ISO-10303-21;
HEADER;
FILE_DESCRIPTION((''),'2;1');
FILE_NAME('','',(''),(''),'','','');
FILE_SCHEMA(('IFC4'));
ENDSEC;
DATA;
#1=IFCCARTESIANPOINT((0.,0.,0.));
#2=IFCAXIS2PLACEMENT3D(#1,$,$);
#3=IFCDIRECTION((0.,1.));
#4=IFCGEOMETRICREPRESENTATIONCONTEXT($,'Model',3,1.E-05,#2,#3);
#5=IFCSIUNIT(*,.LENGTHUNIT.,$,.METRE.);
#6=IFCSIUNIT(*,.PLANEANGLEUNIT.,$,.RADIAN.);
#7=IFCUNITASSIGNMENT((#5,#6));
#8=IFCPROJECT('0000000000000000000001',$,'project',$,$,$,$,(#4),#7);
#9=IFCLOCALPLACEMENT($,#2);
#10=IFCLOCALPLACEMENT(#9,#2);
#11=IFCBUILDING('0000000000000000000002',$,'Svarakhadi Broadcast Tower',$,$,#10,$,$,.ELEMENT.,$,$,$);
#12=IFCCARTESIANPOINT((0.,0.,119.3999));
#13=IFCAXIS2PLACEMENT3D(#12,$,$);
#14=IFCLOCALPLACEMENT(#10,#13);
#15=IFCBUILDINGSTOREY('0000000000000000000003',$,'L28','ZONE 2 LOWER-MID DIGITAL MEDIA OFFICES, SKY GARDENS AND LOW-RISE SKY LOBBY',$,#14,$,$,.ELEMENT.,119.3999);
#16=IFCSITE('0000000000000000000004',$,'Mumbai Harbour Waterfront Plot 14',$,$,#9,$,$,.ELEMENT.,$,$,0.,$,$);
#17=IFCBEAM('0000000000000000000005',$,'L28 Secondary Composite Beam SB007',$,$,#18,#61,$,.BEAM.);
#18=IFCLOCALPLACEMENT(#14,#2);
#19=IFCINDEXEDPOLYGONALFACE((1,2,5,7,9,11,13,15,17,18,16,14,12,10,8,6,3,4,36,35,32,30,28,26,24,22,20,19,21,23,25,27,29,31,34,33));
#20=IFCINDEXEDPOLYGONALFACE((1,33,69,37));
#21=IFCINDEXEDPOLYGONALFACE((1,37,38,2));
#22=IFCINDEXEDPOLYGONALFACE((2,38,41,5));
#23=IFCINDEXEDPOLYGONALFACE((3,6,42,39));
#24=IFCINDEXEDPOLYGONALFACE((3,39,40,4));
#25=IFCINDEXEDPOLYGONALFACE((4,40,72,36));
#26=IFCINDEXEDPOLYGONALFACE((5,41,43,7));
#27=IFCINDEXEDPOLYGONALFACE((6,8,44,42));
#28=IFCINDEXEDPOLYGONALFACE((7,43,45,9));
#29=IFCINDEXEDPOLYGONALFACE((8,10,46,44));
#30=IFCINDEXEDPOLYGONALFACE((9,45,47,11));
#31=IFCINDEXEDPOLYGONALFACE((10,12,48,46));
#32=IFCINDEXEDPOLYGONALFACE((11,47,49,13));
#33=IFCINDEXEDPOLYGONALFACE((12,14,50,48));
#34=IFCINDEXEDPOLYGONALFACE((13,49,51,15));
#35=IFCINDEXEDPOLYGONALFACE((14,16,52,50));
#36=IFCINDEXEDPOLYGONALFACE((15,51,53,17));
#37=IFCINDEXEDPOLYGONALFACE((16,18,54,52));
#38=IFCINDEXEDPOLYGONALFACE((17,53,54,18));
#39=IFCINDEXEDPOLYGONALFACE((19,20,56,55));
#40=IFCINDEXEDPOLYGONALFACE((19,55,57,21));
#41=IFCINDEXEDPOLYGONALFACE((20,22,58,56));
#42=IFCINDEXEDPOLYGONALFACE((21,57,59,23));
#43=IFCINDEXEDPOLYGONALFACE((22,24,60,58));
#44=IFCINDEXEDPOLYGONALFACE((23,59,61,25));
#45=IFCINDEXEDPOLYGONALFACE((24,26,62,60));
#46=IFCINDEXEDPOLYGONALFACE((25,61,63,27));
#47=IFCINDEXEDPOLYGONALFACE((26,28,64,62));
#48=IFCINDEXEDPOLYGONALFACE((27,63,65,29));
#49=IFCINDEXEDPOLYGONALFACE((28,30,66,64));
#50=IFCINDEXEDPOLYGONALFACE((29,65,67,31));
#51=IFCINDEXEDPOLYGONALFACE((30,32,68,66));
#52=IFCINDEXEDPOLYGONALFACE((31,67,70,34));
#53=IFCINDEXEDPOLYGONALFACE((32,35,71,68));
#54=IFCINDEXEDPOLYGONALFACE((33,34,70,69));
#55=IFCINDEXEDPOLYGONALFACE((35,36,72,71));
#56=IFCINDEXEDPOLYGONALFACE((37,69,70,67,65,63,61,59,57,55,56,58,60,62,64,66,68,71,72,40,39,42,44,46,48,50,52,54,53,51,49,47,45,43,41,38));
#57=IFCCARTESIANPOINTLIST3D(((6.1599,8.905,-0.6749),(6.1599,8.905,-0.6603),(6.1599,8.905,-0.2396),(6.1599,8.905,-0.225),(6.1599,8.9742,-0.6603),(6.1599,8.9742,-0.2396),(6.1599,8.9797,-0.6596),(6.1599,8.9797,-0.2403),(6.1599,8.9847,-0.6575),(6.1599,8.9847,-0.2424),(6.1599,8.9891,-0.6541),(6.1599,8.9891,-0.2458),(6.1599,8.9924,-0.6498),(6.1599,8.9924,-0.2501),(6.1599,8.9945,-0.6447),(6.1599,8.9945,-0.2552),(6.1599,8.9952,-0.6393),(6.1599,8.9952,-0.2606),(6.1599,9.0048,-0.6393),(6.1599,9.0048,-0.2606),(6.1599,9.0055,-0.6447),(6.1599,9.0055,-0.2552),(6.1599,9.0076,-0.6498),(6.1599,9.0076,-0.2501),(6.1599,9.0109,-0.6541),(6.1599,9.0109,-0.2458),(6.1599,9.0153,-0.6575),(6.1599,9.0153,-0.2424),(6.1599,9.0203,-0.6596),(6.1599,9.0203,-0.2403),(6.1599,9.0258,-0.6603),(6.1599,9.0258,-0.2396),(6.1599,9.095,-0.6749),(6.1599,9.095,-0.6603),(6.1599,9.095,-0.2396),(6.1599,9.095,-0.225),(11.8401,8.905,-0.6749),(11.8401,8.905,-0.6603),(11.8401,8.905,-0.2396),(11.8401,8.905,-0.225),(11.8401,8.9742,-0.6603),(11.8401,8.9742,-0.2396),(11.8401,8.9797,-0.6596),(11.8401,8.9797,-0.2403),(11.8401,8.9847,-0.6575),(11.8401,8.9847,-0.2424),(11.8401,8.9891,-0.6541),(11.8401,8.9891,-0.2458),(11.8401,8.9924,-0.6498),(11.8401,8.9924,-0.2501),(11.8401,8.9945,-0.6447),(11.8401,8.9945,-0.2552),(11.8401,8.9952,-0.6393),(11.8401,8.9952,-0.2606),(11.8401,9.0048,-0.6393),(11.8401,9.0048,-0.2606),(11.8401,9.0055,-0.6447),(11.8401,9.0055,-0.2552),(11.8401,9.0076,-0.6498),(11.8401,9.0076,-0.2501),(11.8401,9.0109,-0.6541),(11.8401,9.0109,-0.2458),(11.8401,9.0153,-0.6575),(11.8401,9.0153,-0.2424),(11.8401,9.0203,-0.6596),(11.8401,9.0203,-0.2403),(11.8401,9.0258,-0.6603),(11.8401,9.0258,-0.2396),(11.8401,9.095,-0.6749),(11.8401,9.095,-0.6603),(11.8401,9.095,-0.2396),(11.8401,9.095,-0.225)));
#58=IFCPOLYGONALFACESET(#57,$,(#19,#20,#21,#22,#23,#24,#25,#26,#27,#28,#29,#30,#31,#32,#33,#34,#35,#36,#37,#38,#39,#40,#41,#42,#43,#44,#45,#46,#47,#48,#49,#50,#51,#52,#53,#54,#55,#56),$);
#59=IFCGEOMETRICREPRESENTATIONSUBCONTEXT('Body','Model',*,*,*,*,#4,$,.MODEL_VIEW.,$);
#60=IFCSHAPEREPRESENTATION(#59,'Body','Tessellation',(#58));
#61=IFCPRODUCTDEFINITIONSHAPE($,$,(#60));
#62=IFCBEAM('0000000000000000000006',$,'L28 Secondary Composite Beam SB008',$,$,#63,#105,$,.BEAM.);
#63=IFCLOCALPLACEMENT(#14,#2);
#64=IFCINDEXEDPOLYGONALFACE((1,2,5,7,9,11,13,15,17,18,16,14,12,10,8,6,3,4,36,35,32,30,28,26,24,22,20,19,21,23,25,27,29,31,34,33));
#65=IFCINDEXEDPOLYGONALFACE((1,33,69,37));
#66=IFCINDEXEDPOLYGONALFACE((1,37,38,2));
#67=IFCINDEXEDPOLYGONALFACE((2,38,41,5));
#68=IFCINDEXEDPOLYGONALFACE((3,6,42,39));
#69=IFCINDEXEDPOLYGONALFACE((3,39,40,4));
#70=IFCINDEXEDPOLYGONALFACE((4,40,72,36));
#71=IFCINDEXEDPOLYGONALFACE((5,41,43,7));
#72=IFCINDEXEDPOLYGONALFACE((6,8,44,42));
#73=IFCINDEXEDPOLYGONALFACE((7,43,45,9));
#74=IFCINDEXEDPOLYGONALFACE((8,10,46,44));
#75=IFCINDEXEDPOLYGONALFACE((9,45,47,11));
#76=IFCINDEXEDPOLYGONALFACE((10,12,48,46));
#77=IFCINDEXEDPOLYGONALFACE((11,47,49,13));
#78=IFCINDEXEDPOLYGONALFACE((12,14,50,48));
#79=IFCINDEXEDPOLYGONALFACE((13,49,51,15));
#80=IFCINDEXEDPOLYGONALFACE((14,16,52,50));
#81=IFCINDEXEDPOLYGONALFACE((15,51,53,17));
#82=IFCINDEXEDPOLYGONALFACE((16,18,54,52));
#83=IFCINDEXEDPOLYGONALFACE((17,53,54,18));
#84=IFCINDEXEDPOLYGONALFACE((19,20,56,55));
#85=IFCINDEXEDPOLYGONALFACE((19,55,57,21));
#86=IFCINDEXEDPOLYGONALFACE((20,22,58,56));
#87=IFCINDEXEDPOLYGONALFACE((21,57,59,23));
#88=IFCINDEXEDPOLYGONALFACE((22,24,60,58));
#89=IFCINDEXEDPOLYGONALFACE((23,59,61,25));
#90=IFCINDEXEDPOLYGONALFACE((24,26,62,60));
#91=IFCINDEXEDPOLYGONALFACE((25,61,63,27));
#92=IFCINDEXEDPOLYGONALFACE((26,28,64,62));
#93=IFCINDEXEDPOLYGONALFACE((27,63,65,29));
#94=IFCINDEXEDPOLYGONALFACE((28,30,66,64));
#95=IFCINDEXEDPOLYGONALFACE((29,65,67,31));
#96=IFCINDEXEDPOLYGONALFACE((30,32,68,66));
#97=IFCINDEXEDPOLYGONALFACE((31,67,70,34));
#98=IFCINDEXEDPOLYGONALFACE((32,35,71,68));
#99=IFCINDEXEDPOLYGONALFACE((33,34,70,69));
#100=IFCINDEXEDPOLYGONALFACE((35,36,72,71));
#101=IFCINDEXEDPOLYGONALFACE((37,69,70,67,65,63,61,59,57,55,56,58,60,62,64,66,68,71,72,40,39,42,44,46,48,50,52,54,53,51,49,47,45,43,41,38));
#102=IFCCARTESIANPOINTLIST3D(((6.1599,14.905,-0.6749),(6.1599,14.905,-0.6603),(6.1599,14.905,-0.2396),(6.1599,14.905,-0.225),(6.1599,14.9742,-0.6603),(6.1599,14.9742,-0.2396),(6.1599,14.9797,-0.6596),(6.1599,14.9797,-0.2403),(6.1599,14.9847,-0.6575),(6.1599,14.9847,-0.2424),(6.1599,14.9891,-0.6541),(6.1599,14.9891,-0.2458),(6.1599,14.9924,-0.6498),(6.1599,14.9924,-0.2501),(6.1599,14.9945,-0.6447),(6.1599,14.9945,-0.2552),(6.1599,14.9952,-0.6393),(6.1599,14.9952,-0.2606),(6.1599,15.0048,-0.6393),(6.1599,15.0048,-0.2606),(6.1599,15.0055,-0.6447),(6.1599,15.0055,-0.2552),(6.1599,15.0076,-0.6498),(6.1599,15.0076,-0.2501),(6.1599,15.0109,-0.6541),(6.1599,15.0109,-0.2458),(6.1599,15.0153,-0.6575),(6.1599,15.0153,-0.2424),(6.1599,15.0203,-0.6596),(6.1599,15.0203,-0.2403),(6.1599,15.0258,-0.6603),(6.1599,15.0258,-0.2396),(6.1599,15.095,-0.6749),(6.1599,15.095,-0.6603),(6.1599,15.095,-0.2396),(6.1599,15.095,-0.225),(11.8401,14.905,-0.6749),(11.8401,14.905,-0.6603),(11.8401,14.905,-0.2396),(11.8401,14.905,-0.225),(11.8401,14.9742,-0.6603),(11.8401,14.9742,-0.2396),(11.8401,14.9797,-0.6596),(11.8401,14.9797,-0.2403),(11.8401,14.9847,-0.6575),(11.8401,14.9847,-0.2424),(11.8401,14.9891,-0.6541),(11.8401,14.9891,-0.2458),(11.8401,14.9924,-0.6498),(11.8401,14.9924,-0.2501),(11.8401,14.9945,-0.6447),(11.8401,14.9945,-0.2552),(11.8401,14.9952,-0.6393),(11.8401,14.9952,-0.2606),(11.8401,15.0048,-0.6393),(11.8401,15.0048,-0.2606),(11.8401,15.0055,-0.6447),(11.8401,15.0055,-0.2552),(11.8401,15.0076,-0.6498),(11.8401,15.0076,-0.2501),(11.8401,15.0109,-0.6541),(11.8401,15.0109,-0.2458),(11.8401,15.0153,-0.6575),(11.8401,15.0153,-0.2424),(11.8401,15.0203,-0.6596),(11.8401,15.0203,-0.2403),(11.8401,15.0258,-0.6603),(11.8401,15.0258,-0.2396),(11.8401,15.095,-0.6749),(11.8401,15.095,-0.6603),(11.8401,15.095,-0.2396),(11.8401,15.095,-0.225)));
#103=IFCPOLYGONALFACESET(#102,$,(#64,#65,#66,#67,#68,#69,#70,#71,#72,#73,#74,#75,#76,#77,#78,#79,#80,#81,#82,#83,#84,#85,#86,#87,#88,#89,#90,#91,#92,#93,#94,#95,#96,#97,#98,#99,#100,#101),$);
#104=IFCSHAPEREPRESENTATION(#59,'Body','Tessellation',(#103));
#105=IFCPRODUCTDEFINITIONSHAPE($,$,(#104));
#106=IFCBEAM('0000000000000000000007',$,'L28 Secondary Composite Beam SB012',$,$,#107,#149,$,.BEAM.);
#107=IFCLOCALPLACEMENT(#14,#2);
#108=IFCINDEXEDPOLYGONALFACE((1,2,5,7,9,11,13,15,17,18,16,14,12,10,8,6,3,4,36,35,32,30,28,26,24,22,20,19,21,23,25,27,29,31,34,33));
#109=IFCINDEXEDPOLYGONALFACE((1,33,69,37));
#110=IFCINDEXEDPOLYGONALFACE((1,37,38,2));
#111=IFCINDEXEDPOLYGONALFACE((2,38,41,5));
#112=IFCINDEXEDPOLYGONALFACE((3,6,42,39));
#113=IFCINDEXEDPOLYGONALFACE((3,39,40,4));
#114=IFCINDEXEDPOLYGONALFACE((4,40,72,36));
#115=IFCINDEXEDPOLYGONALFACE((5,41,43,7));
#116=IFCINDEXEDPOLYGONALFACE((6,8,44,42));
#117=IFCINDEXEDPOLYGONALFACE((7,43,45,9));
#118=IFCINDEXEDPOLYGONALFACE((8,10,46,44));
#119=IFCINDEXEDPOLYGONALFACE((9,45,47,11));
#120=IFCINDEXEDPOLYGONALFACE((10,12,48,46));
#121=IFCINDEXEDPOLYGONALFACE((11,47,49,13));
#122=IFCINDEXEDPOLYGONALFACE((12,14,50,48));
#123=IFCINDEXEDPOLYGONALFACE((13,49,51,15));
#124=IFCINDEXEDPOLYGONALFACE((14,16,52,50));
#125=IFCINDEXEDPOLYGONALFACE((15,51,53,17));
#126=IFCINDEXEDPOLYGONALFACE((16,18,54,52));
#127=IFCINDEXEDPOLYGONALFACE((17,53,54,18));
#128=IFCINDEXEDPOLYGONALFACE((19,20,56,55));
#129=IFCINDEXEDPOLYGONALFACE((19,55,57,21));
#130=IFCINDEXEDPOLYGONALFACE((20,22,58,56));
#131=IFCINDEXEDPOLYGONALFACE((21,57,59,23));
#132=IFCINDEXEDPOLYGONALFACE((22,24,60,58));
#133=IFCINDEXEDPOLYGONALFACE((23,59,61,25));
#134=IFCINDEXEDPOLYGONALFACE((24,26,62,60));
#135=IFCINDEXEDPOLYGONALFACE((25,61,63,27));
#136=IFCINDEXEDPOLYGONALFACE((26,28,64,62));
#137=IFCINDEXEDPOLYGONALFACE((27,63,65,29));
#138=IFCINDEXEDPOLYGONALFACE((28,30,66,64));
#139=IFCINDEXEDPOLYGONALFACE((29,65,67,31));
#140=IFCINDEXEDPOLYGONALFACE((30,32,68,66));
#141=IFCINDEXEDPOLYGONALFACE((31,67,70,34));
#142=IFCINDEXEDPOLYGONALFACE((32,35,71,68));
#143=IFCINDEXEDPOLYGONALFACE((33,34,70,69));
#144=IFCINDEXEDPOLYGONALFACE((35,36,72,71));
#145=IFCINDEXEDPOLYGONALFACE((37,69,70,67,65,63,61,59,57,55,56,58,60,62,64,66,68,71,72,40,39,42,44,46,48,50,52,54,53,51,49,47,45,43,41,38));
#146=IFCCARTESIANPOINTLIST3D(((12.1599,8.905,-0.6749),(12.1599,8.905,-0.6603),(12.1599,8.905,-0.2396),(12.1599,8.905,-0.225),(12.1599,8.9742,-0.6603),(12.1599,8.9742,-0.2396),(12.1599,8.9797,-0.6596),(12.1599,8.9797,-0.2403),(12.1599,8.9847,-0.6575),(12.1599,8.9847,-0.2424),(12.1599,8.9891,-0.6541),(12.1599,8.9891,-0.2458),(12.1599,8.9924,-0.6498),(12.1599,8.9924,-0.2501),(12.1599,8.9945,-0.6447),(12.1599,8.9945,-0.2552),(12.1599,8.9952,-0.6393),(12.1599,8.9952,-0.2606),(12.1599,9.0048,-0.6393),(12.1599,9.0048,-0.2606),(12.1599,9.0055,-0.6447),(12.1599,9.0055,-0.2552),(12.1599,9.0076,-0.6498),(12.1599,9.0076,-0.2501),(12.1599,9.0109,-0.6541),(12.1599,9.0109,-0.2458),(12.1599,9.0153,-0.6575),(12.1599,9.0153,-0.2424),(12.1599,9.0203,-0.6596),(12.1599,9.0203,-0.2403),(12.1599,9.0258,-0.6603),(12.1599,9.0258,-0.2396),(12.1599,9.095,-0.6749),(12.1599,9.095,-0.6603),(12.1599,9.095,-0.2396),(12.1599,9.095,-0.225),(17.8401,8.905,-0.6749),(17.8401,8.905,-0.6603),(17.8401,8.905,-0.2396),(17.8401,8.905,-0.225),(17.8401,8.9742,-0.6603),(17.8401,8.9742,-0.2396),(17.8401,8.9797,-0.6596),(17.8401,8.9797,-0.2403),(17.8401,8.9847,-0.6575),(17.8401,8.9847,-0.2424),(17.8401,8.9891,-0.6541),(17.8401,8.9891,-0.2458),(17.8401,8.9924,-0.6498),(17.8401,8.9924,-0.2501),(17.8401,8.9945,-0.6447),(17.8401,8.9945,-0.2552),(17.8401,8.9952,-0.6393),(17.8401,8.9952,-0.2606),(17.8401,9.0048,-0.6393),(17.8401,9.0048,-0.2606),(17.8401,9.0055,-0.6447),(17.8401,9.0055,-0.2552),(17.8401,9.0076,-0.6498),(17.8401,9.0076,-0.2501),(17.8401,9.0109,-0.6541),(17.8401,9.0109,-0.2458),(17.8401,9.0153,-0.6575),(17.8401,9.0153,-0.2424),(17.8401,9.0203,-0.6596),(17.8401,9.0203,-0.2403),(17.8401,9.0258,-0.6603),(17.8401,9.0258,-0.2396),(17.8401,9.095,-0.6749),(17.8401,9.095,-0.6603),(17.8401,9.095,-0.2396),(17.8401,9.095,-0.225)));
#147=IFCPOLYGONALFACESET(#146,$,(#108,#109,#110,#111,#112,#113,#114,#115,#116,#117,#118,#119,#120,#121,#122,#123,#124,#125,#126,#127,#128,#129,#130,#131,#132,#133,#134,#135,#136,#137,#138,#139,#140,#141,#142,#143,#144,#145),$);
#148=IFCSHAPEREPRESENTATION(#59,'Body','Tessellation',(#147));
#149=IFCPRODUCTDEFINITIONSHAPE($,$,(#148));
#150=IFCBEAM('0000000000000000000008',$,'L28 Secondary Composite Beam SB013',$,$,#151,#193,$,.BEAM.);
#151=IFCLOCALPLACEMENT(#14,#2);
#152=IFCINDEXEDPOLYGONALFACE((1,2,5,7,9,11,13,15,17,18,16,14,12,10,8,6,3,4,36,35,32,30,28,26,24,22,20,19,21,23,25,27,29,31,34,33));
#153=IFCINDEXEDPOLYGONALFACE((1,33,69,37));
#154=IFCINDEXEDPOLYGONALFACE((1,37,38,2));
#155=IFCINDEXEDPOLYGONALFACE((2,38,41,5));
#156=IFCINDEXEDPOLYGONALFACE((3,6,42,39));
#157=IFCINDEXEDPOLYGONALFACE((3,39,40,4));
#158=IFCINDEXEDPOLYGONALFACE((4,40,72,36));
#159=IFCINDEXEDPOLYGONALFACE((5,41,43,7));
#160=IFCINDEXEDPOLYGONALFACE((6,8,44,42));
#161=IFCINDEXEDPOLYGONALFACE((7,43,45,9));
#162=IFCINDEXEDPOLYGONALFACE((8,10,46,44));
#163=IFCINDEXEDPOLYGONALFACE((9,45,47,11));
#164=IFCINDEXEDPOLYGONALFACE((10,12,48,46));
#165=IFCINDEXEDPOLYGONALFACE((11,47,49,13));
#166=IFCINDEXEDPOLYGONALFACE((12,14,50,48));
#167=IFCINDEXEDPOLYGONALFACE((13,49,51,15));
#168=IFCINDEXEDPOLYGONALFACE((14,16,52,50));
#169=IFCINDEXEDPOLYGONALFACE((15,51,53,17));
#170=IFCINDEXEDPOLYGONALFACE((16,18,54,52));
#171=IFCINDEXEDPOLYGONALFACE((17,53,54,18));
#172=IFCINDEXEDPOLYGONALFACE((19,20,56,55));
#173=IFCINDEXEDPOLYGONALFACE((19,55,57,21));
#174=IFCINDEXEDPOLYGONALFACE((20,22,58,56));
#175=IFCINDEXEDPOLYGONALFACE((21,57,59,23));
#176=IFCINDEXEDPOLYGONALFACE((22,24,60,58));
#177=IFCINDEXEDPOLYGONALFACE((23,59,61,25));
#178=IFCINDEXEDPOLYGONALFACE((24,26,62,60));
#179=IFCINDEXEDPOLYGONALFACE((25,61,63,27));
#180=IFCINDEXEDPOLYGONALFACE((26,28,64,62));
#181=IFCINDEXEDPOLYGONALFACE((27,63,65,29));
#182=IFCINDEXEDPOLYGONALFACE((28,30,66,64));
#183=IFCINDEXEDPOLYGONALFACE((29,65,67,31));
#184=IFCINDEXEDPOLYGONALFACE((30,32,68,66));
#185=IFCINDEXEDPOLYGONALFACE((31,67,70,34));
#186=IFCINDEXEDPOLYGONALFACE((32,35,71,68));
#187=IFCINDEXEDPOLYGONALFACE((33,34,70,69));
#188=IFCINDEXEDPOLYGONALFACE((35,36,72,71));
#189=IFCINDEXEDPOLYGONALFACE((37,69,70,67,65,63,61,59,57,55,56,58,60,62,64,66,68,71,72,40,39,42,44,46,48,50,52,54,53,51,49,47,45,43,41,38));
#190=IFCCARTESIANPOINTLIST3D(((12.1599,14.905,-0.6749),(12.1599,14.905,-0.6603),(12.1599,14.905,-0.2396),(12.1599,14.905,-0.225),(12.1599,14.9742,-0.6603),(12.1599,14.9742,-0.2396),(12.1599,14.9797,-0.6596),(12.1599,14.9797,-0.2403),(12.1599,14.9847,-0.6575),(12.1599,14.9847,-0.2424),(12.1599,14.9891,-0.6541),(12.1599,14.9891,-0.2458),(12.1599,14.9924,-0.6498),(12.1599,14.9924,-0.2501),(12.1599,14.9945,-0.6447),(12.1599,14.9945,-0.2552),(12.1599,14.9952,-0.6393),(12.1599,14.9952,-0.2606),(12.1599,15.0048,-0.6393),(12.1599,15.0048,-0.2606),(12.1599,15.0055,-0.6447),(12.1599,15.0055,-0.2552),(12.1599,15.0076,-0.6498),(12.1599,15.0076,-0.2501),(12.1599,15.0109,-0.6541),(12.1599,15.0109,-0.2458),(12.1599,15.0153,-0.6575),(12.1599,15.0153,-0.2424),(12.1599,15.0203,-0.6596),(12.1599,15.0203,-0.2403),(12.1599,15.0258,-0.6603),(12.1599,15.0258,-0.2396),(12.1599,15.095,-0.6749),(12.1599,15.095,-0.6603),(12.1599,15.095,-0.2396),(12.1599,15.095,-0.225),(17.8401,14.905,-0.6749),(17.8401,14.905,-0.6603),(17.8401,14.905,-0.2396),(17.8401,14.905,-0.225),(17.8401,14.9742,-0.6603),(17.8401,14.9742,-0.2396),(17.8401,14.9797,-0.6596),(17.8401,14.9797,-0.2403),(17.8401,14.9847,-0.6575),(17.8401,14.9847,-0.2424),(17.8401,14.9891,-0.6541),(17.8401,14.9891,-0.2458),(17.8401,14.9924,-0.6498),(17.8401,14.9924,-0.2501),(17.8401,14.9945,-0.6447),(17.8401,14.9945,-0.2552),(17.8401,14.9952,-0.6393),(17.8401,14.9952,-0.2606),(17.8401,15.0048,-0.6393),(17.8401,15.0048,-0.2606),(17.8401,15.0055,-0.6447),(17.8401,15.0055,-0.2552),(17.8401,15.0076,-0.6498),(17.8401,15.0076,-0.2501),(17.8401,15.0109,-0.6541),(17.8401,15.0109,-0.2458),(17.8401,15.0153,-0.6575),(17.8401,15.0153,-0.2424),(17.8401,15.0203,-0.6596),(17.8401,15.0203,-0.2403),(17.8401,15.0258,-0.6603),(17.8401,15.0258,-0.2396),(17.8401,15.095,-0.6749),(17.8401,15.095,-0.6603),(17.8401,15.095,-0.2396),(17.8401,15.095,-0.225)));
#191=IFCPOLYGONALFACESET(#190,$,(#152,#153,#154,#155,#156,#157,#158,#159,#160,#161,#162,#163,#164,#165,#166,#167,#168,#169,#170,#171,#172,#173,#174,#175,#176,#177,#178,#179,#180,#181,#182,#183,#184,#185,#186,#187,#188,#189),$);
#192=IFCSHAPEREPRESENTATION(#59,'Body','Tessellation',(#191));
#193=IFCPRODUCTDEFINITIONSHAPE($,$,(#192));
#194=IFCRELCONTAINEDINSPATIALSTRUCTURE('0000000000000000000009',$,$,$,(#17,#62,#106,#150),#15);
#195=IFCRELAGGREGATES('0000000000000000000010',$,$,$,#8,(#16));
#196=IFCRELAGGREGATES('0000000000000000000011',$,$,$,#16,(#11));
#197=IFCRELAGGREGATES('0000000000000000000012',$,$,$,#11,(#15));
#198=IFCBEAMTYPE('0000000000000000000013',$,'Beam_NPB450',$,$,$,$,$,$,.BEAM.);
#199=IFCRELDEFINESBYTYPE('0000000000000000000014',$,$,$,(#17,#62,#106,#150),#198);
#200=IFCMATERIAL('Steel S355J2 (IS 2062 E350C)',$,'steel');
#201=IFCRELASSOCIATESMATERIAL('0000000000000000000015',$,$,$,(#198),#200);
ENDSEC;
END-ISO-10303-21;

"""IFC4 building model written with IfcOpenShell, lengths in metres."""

from ifc_helpers import new_model, si_unit, direction, frame, origin, origin_2d, place, context, subcontext, project, spatial, i_section, extrude, material, material_profile, profile_set, type_object, element, save


model = new_model("IFC4")

# Units and contexts
model_context = context("Model", 3, precision=1e-05, world=origin(), true_north=direction((0.0, 1.0)))
body_context = subcontext(model_context, "Body", "Model", "MODEL_VIEW")
ifc_project = project(units=[si_unit("LENGTHUNIT", "METRE"), si_unit("PLANEANGLEUNIT", "RADIAN")], contexts=[model_context])

# Site, building, storey
site_placement = place(None, origin())
site = spatial("IfcSite", under=ifc_project, at=site_placement, Name="Mumbai Harbour Waterfront Plot 14", CompositionType="ELEMENT", RefElevation=0.0)
building_placement = place(site_placement, origin())
building = spatial("IfcBuilding", under=site, at=building_placement, Name="Svarakhadi Broadcast Tower", CompositionType="ELEMENT")
storey_placement = place(building_placement, frame((0.0, 0.0, 119.3999)))
storey = spatial("IfcBuildingStorey", under=building, at=storey_placement, Name="L28", Description="ZONE 2 LOWER-MID DIGITAL MEDIA OFFICES, SKY GARDENS AND LOW-RISE SKY LOBBY", CompositionType="ELEMENT", Elevation=119.3999)

# Beams
ifc_material_1 = material(Name="Steel S355J2 (IS 2062 E350C)", Category="steel")
ifc_material_profile_1 = material_profile(ifc_material_1, i_section(OverallWidth=0.1899, OverallDepth=0.45, WebThickness=0.0095, FlangeThickness=0.0146, FilletRadius=0.021, at=origin_2d()), Name="NPB 450x190x78")
ifc_profile_set_1 = profile_set([ifc_material_profile_1], Name="Steel S355J2 (IS 2062 E350C)")
beam_type_1 = type_object("IfcBeamType", Name="Beam_NPB450", PredefinedType="BEAM", material=ifc_profile_set_1)
for number, where, z_axis, x_axis, name in (
    (1, (6.1599, 9.0, -0.45), (1.0, 0.0, 0.0), (0.0, 1.0, 0.0), "L28 Secondary Composite Beam SB007"),
    (2, (6.1599, 15.0, -0.45), (1.0, 0.0, 0.0), (0.0, 1.0, 0.0), "L28 Secondary Composite Beam SB008"),
    (3, (12.1599, 9.0, -0.45), (1.0, 0.0, 0.0), (0.0, 1.0, 0.0), "L28 Secondary Composite Beam SB012"),
    (4, (12.1599, 15.0, -0.45), (1.0, 0.0, 0.0), (0.0, 1.0, 0.0), "L28 Secondary Composite Beam SB013"),
):
    element("IfcBeam", number, at=place(storey_placement, frame(where, z_axis=z_axis, x_axis=x_axis)), inside=storey, type_object=beam_type_1, Name=name, PredefinedType="BEAM", context=body_context, shape_type="SweptSolid", body=[
        extrude(i_section(OverallWidth=0.1899, OverallDepth=0.45, WebThickness=0.0095, FlangeThickness=0.0146, FilletRadius=0.021, at=origin_2d()), origin(), (0.0, 0.0, 1.0), 5.6802),
    ])

save(model, "model.ifc")
